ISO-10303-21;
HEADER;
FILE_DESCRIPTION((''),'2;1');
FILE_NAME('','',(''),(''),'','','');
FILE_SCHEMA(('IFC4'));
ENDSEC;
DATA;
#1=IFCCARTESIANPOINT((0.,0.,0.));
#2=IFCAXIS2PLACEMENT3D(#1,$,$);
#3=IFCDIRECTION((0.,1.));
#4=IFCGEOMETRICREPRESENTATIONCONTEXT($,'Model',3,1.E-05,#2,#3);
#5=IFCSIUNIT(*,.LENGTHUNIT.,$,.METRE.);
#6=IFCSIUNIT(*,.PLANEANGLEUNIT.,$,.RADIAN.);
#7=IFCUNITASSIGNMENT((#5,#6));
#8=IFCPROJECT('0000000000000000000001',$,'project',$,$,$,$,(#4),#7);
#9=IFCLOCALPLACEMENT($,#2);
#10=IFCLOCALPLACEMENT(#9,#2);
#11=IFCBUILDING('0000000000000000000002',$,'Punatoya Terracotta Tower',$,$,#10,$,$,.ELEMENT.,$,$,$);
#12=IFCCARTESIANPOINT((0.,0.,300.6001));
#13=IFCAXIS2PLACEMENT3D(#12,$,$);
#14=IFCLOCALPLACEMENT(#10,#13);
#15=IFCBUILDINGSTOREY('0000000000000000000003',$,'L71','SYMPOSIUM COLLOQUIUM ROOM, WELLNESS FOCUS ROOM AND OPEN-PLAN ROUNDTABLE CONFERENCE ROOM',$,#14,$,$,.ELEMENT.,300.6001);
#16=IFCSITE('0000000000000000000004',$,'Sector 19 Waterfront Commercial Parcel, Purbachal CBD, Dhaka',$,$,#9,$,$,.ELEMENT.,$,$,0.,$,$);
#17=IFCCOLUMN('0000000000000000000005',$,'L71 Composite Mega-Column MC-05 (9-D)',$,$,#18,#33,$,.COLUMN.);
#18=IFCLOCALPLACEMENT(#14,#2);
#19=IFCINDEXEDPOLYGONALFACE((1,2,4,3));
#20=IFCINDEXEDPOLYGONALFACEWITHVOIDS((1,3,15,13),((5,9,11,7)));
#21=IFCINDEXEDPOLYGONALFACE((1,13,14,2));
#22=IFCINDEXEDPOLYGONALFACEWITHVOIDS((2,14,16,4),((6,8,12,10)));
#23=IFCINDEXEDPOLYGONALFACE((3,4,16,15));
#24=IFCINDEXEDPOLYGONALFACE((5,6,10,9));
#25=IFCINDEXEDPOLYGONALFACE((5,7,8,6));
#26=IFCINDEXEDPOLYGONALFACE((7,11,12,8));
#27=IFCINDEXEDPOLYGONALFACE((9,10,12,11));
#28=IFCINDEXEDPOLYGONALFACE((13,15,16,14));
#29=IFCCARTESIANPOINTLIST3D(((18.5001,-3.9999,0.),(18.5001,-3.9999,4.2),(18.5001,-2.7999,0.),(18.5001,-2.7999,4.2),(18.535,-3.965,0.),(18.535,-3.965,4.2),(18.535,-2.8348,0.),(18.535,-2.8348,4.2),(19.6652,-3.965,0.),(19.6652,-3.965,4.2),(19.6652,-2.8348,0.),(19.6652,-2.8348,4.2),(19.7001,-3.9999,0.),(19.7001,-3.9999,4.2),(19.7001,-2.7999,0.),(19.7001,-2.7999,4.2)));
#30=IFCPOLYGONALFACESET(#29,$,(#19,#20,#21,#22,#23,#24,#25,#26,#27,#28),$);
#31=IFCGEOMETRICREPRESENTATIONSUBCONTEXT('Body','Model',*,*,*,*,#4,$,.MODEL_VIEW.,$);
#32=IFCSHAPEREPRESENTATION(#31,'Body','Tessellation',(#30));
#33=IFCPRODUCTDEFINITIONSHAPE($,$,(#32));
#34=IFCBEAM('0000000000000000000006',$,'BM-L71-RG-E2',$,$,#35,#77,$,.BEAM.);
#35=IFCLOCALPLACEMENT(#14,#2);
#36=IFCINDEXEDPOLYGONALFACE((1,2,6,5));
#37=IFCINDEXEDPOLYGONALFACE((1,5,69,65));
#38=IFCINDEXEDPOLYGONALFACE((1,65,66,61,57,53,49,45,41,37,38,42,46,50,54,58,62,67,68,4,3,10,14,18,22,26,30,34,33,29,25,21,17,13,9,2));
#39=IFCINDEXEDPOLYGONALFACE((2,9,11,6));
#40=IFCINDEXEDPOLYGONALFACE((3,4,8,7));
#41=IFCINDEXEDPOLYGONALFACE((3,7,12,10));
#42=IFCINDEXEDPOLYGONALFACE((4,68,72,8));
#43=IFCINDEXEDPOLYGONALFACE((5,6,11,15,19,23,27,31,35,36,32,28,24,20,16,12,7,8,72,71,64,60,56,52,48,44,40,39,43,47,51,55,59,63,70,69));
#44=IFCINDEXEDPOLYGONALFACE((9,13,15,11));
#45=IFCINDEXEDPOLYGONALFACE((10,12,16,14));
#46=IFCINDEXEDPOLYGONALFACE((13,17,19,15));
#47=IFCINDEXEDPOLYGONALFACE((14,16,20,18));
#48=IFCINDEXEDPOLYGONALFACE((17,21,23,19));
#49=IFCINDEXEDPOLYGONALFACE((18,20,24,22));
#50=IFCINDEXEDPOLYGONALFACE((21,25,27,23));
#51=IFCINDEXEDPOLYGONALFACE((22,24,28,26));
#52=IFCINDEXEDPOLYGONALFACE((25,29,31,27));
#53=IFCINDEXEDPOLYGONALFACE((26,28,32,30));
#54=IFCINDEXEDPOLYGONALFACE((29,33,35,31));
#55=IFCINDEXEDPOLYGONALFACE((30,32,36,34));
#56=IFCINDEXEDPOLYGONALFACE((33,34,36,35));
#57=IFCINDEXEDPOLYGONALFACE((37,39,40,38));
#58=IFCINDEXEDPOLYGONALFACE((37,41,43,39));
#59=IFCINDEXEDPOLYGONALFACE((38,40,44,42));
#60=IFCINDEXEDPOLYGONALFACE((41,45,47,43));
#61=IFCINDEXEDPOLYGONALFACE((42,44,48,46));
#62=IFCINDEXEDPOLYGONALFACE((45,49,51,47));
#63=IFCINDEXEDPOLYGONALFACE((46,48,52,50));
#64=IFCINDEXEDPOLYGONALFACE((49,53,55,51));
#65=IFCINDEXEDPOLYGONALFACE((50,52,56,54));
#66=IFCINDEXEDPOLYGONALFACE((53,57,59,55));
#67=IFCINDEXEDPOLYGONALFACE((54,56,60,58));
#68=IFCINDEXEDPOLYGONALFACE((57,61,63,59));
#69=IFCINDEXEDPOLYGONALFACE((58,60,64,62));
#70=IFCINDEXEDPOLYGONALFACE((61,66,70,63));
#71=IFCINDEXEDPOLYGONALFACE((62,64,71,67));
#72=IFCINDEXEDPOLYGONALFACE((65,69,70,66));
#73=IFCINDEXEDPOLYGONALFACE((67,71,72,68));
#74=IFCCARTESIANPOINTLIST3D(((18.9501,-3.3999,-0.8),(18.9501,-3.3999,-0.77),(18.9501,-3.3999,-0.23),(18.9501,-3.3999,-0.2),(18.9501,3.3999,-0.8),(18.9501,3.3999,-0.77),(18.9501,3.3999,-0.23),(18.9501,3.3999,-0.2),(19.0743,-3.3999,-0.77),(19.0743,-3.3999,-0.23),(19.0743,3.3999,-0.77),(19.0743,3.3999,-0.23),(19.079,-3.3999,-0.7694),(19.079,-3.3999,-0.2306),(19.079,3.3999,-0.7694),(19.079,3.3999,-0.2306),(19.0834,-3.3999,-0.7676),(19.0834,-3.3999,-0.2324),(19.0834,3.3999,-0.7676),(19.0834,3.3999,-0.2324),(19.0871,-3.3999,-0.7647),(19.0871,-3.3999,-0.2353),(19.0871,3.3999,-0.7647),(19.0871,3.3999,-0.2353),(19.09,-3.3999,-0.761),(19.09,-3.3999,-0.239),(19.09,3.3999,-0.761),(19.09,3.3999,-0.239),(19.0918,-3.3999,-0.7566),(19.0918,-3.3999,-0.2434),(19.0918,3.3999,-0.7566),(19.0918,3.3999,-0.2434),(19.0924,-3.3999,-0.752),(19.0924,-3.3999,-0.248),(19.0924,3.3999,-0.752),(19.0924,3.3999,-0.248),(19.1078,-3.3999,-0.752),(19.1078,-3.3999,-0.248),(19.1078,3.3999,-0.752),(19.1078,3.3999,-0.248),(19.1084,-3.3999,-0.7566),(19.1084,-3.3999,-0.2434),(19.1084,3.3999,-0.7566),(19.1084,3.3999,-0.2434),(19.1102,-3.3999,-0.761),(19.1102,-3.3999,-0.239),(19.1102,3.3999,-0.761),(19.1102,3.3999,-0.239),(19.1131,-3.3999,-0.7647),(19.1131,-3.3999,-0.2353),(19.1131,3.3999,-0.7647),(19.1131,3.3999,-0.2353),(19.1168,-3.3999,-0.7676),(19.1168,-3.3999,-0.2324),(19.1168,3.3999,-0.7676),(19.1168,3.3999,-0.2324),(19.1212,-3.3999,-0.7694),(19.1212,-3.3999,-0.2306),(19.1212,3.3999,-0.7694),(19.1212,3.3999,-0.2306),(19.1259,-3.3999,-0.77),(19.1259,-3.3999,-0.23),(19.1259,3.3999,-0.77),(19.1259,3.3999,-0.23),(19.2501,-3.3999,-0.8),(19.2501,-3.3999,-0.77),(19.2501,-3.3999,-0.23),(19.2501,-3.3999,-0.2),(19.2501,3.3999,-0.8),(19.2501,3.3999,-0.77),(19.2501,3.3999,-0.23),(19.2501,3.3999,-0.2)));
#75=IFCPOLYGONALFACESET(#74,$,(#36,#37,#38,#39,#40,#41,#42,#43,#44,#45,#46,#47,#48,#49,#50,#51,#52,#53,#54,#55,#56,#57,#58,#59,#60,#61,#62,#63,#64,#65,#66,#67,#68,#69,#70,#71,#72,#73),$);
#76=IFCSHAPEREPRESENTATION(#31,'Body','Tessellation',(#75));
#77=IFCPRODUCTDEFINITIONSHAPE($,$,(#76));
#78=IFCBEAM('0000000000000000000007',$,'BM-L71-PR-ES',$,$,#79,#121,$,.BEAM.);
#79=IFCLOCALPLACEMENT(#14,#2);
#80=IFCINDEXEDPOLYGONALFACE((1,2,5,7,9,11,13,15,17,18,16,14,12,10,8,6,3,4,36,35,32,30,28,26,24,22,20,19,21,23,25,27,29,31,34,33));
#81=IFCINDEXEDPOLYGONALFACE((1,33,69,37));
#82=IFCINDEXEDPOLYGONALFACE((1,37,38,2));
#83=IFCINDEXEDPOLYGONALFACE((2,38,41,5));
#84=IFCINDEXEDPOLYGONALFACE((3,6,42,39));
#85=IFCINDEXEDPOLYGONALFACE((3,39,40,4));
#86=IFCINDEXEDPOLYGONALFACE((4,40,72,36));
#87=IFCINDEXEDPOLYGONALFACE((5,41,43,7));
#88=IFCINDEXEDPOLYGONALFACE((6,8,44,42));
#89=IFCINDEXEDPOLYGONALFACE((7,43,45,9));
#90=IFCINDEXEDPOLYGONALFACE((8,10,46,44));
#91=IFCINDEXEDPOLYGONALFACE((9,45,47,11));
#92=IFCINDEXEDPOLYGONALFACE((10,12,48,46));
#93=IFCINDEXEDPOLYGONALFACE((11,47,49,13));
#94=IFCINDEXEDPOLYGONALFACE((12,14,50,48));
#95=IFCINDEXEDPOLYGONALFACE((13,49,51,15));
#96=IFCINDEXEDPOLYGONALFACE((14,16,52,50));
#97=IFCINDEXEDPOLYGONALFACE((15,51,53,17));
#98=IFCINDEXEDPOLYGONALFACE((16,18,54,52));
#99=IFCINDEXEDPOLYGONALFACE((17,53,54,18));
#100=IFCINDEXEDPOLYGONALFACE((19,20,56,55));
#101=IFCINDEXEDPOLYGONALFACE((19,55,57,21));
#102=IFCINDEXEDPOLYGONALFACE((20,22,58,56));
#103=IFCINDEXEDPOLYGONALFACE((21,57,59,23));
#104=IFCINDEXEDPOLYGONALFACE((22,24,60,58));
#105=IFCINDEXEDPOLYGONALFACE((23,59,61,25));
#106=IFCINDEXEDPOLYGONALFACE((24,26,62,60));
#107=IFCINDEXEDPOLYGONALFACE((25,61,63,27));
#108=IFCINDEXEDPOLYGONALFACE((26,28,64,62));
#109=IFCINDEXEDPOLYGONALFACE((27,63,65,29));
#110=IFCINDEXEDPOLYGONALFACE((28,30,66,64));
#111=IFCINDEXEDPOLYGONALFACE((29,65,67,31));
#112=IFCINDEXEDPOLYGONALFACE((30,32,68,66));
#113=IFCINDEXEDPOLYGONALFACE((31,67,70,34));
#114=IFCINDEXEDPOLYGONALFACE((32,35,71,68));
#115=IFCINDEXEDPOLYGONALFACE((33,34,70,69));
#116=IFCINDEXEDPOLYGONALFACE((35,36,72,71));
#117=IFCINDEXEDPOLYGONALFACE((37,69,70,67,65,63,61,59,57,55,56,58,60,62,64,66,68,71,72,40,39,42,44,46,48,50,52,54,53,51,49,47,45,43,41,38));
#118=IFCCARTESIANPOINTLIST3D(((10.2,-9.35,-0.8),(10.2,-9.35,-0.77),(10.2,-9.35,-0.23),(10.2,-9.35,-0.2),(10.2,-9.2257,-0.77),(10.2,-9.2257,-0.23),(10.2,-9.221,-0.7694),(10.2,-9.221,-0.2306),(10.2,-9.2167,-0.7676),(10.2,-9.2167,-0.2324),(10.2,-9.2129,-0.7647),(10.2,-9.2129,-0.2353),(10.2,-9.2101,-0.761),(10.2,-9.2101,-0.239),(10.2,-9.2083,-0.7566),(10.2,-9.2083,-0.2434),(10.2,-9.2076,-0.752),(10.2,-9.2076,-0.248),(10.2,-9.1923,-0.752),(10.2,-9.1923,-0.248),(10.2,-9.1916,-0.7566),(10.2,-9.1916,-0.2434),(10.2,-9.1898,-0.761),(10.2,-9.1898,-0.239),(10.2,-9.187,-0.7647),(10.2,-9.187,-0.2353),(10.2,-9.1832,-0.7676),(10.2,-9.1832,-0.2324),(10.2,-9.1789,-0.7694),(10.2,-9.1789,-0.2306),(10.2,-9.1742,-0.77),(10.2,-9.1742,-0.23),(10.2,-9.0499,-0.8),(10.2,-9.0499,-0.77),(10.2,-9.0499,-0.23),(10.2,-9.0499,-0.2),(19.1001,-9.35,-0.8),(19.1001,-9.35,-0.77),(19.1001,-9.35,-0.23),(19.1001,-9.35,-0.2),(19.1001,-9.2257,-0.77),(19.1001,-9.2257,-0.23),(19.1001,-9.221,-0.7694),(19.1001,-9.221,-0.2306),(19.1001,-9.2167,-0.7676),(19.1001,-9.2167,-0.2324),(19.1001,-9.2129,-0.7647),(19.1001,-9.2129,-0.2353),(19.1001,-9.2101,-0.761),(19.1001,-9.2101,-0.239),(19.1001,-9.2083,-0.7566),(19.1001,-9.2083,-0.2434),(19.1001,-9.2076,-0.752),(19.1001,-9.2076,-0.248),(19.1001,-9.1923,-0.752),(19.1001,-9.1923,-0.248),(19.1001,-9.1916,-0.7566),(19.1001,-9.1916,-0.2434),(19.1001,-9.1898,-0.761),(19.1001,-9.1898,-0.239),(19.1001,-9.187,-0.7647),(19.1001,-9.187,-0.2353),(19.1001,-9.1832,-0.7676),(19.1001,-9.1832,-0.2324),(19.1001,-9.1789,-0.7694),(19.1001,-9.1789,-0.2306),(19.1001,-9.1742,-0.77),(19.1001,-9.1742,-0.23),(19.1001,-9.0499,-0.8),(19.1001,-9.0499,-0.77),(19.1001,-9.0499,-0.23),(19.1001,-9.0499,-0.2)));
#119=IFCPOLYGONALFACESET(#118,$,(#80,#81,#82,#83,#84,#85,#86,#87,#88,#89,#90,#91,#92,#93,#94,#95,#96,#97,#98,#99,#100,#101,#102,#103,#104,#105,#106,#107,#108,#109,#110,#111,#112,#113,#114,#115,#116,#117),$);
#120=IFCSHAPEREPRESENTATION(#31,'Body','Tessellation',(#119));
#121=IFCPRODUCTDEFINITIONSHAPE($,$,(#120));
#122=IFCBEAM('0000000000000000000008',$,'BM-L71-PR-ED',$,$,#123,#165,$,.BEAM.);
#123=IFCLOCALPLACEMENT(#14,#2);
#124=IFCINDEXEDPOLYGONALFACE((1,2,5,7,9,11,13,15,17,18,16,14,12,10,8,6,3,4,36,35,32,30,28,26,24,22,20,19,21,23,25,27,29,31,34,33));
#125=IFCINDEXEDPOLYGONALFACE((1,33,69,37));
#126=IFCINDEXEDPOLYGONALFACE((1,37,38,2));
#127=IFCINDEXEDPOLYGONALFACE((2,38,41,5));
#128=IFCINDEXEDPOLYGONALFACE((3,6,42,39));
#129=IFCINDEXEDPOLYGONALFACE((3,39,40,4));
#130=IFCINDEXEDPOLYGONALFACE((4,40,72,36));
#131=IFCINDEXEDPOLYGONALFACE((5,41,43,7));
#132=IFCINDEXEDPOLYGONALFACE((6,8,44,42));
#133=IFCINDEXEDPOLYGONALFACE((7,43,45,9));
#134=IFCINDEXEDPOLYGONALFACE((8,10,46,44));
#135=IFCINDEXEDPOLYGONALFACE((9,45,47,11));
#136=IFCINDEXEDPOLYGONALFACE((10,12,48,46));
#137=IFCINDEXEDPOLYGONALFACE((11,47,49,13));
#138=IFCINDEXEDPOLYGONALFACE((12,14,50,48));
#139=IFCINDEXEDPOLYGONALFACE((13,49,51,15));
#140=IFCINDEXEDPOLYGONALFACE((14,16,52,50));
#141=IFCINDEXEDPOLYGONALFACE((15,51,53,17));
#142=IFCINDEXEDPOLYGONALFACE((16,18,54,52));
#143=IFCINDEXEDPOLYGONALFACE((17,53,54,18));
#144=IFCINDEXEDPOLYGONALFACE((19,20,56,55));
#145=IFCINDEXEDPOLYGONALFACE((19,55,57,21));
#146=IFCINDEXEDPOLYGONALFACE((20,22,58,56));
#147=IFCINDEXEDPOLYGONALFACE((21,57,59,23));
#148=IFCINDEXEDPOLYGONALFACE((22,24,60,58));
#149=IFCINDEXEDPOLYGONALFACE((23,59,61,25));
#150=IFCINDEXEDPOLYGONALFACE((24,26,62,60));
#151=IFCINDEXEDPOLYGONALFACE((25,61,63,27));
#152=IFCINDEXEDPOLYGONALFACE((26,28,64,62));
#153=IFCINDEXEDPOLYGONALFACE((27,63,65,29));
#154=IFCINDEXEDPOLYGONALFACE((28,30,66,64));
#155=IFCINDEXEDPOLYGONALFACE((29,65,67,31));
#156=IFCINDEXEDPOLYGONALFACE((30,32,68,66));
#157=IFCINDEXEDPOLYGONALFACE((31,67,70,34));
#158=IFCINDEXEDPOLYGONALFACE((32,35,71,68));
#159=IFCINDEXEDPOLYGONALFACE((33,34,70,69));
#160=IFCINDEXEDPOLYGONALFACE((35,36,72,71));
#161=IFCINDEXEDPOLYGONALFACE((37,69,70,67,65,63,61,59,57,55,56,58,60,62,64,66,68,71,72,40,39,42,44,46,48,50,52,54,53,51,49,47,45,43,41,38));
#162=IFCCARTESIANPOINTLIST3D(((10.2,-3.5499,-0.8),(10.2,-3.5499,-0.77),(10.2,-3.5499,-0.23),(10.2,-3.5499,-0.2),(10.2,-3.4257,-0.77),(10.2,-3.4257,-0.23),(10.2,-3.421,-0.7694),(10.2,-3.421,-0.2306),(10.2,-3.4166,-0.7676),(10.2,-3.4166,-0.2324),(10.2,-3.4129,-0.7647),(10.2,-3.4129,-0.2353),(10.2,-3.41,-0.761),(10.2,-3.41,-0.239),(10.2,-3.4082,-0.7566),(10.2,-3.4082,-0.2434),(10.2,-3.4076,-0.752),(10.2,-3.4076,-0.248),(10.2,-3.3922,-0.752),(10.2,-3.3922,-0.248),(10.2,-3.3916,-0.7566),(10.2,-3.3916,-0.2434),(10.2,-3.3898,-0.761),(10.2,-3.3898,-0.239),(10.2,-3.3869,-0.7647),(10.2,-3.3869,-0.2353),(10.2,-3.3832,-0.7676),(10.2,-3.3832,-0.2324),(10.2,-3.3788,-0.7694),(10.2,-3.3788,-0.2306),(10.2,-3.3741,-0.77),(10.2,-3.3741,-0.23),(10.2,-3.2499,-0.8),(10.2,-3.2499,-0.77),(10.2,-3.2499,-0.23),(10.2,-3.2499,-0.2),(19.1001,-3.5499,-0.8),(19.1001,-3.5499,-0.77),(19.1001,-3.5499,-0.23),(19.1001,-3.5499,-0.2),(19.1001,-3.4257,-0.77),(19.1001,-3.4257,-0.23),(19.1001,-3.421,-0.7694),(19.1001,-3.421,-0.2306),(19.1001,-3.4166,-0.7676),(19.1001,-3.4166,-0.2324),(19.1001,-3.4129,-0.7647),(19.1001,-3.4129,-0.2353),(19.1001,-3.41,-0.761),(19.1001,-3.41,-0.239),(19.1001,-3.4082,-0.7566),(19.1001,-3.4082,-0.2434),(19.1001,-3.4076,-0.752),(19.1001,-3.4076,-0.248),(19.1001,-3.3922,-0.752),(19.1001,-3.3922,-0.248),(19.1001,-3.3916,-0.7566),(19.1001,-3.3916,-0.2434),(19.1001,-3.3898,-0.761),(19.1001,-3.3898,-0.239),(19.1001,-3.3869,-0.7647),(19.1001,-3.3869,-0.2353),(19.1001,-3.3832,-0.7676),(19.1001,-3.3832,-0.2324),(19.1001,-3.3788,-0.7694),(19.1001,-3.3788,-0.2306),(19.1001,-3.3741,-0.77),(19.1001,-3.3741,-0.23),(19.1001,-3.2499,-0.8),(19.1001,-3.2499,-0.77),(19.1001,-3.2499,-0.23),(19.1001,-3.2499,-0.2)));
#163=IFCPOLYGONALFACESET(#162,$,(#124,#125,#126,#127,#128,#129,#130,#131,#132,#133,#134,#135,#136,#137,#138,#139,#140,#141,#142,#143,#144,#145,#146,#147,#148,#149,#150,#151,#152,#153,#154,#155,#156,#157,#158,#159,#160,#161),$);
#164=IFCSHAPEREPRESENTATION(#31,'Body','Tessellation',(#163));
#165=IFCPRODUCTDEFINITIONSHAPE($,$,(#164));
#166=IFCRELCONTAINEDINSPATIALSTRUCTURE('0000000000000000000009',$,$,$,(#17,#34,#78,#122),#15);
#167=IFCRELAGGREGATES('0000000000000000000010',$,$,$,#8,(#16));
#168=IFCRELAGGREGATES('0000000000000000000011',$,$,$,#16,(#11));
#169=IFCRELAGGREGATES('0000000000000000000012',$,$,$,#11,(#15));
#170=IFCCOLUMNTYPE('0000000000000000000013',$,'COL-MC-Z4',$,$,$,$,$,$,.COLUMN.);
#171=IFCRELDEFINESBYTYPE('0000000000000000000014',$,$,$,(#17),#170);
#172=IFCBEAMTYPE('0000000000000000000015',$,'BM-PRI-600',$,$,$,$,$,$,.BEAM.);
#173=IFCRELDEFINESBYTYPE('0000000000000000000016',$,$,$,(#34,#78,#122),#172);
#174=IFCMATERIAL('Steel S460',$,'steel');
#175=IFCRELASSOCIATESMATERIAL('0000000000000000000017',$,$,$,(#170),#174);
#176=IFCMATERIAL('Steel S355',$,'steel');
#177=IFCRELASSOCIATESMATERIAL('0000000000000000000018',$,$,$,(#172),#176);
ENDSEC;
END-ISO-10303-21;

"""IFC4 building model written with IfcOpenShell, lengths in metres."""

from ifc_helpers import new_model, si_unit, direction, frame, origin, origin_2d, place, context, subcontext, project, spatial, hollow_rectangle, i_section, extrude, material, material_profile, profile_set, type_object, element, save


model = new_model("IFC4")

# Units and contexts
model_context = context("Model", 3, precision=1e-05, world=origin(), true_north=direction((0.0, 1.0)))
body_context = subcontext(model_context, "Body", "Model", "MODEL_VIEW")
ifc_project = project(units=[si_unit("LENGTHUNIT", "METRE"), si_unit("PLANEANGLEUNIT", "RADIAN")], contexts=[model_context])

# Site, building, storey
site_placement = place(None, origin())
site = spatial("IfcSite", under=ifc_project, at=site_placement, Name="Sector 19 Waterfront Commercial Parcel, Purbachal CBD, Dhaka", CompositionType="ELEMENT", RefElevation=0.0)
building_placement = place(site_placement, origin())
building = spatial("IfcBuilding", under=site, at=building_placement, Name="Punatoya Terracotta Tower", CompositionType="ELEMENT")
storey_placement = place(building_placement, frame((0.0, 0.0, 300.6001)))
storey = spatial("IfcBuildingStorey", under=building, at=storey_placement, Name="L71", Description="SYMPOSIUM COLLOQUIUM ROOM, WELLNESS FOCUS ROOM AND OPEN-PLAN ROUNDTABLE CONFERENCE ROOM", CompositionType="ELEMENT", Elevation=300.6001)

# Column
ifc_material_1 = material(Name="Steel S460", Category="steel")
ifc_material_profile_1 = material_profile(ifc_material_1, hollow_rectangle(XDim=1.2, YDim=1.2, WallThickness=0.0349, at=origin_2d()))
ifc_profile_set_1 = profile_set([ifc_material_profile_1], Name="Steel S460")
column_type = type_object("IfcColumnType", Name="COL-MC-Z4", PredefinedType="COLUMN", material=ifc_profile_set_1)
column_placement = place(storey_placement, frame((19.1001, -3.3999, 0.0), z_axis=(0.0, 0.0, 1.0), x_axis=(1.0, 0.0, 0.0)))
element("IfcColumn", 1, at=column_placement, inside=storey, type_object=column_type, Name="L71 Composite Mega-Column MC-05 (9-D)", PredefinedType="COLUMN", context=body_context, shape_type="SweptSolid", body=[
    extrude(hollow_rectangle(XDim=1.2, YDim=1.2, WallThickness=0.0349, at=origin_2d()), origin(), (0.0, 0.0, 1.0), 4.2),
])

# Beams
ifc_material_2 = material(Name="Steel S355", Category="steel")
ifc_material_profile_2 = material_profile(ifc_material_2, i_section(OverallWidth=0.3, OverallDepth=0.6001, WebThickness=0.0154, FlangeThickness=0.03, FilletRadius=0.0181, at=origin_2d()))
ifc_profile_set_2 = profile_set([ifc_material_profile_2], Name="Steel S355")
beam_type_1 = type_object("IfcBeamType", Name="BM-PRI-600", PredefinedType="BEAM", material=ifc_profile_set_2)
beam_1_placement = place(storey_placement, frame((19.1001, -3.3999, -0.5), z_axis=(0.0, 1.0, 0.0), x_axis=(-1.0, 0.0, 0.0)))
element("IfcBeam", 2, at=beam_1_placement, inside=storey, type_object=beam_type_1, Name="BM-L71-RG-E2", PredefinedType="BEAM", context=body_context, shape_type="SweptSolid", body=[
    extrude(i_section(OverallWidth=0.3, OverallDepth=0.6001, WebThickness=0.0154, FlangeThickness=0.03, FilletRadius=0.0181, at=origin_2d()), origin(), (0.0, 0.0, 1.0), 6.7998),
])
for number, where, z_axis, x_axis, name in (
    (3, (10.2, -9.2, -0.5), (1.0, 0.0, 0.0), (0.0, 1.0, 0.0), "BM-L71-PR-ES"),
    (4, (10.2, -3.3999, -0.5), (1.0, 0.0, 0.0), (0.0, 1.0, 0.0), "BM-L71-PR-ED"),
):
    element("IfcBeam", number, at=place(storey_placement, frame(where, z_axis=z_axis, x_axis=x_axis)), inside=storey, type_object=beam_type_1, Name=name, PredefinedType="BEAM", context=body_context, shape_type="SweptSolid", body=[
        extrude(i_section(OverallWidth=0.3, OverallDepth=0.6001, WebThickness=0.0154, FlangeThickness=0.03, FilletRadius=0.0181, at=origin_2d()), origin(), (0.0, 0.0, 1.0), 8.9001),
    ])

save(model, "model.ifc")
